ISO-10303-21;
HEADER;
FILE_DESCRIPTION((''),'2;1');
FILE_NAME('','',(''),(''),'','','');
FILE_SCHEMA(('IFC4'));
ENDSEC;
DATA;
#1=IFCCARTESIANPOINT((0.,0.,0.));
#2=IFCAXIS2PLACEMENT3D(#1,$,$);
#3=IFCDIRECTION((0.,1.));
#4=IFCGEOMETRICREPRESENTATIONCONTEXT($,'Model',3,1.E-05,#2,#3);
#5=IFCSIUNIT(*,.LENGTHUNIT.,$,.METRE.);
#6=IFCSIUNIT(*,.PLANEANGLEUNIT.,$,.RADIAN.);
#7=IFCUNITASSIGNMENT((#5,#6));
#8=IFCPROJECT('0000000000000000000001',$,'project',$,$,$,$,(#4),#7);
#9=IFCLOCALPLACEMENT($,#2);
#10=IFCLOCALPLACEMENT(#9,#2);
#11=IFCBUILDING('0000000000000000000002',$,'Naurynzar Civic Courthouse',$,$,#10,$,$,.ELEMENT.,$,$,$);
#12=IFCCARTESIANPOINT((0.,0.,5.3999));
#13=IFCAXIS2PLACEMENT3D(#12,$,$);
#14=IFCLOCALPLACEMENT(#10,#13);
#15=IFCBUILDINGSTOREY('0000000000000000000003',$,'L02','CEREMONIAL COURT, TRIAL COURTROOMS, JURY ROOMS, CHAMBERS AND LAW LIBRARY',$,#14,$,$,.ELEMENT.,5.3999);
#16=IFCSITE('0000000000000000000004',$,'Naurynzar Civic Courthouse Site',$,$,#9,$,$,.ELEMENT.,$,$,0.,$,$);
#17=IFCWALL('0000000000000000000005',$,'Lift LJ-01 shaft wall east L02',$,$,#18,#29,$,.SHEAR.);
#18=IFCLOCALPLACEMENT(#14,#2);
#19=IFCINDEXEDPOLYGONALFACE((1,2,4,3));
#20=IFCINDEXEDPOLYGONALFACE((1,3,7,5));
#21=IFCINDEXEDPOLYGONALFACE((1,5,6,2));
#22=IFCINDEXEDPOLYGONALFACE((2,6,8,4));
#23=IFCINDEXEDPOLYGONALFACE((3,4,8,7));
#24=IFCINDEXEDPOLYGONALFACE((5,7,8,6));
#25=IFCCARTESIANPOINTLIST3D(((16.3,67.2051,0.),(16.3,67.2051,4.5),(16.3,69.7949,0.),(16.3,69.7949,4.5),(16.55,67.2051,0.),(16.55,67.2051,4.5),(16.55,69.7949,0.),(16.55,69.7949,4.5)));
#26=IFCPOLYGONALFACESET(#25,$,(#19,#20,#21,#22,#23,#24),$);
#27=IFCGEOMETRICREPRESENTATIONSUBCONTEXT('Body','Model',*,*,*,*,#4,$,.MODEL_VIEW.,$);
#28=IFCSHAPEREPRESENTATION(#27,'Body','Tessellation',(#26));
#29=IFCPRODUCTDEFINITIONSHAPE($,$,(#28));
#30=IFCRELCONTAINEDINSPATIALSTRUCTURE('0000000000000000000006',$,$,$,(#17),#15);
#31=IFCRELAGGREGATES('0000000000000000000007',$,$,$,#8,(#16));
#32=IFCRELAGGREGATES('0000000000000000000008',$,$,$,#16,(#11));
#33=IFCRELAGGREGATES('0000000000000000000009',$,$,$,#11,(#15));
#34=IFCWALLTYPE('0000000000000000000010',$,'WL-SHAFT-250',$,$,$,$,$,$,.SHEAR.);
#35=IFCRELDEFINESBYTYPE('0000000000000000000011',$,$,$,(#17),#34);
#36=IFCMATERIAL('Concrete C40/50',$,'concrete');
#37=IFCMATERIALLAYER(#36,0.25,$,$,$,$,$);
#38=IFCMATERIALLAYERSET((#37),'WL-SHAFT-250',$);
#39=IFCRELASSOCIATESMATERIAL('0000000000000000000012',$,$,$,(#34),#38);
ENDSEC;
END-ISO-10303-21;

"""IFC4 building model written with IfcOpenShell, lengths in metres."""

from ifc_helpers import new_model, si_unit, direction, frame, frame_2d, origin, place, context, subcontext, project, spatial, rectangle, extrude, material, layer, layer_set, type_object, element, save


model = new_model("IFC4")

# Units and contexts
model_context = context("Model", 3, precision=1e-05, world=origin(), true_north=direction((0.0, 1.0)))
body_context = subcontext(model_context, "Body", "Model", "MODEL_VIEW")
ifc_project = project(units=[si_unit("LENGTHUNIT", "METRE"), si_unit("PLANEANGLEUNIT", "RADIAN")], contexts=[model_context])

# Site, building, storey
site_placement = place(None, origin())
site = spatial("IfcSite", under=ifc_project, at=site_placement, Name="Naurynzar Civic Courthouse Site", CompositionType="ELEMENT", RefElevation=0.0)
building_placement = place(site_placement, origin())
building = spatial("IfcBuilding", under=site, at=building_placement, Name="Naurynzar Civic Courthouse", CompositionType="ELEMENT")
storey_placement = place(building_placement, frame((0.0, 0.0, 5.3999)))
storey = spatial("IfcBuildingStorey", under=building, at=storey_placement, Name="L02", Description="CEREMONIAL COURT, TRIAL COURTROOMS, JURY ROOMS, CHAMBERS AND LAW LIBRARY", CompositionType="ELEMENT", Elevation=5.3999)

# Wall
ifc_material_1 = material(Name="Concrete C40/50", Category="concrete")
ifc_layer_1 = layer(ifc_material_1, 0.25)
ifc_layer_set_1 = layer_set([ifc_layer_1], Name="WL-SHAFT-250")
wall_type_1 = type_object("IfcWallType", Name="WL-SHAFT-250", PredefinedType="SHEAR", material=ifc_layer_set_1)
wall_1_placement = place(storey_placement, frame((16.425, 67.2051, 0.0), z_axis=(0.0, 0.0, 1.0), x_axis=(0.0, 1.0, 0.0)))
element("IfcWall", 1, at=wall_1_placement, inside=storey, type_object=wall_type_1, Name="Lift LJ-01 shaft wall east L02", PredefinedType="SHEAR", context=body_context, shape_type="SweptSolid", body=[
    extrude(rectangle(XDim=2.5898, YDim=0.25, at=frame_2d((1.2949, 0.0))), origin(), (0.0, 0.0, 1.0), 4.5),
])

save(model, "model.ifc")
